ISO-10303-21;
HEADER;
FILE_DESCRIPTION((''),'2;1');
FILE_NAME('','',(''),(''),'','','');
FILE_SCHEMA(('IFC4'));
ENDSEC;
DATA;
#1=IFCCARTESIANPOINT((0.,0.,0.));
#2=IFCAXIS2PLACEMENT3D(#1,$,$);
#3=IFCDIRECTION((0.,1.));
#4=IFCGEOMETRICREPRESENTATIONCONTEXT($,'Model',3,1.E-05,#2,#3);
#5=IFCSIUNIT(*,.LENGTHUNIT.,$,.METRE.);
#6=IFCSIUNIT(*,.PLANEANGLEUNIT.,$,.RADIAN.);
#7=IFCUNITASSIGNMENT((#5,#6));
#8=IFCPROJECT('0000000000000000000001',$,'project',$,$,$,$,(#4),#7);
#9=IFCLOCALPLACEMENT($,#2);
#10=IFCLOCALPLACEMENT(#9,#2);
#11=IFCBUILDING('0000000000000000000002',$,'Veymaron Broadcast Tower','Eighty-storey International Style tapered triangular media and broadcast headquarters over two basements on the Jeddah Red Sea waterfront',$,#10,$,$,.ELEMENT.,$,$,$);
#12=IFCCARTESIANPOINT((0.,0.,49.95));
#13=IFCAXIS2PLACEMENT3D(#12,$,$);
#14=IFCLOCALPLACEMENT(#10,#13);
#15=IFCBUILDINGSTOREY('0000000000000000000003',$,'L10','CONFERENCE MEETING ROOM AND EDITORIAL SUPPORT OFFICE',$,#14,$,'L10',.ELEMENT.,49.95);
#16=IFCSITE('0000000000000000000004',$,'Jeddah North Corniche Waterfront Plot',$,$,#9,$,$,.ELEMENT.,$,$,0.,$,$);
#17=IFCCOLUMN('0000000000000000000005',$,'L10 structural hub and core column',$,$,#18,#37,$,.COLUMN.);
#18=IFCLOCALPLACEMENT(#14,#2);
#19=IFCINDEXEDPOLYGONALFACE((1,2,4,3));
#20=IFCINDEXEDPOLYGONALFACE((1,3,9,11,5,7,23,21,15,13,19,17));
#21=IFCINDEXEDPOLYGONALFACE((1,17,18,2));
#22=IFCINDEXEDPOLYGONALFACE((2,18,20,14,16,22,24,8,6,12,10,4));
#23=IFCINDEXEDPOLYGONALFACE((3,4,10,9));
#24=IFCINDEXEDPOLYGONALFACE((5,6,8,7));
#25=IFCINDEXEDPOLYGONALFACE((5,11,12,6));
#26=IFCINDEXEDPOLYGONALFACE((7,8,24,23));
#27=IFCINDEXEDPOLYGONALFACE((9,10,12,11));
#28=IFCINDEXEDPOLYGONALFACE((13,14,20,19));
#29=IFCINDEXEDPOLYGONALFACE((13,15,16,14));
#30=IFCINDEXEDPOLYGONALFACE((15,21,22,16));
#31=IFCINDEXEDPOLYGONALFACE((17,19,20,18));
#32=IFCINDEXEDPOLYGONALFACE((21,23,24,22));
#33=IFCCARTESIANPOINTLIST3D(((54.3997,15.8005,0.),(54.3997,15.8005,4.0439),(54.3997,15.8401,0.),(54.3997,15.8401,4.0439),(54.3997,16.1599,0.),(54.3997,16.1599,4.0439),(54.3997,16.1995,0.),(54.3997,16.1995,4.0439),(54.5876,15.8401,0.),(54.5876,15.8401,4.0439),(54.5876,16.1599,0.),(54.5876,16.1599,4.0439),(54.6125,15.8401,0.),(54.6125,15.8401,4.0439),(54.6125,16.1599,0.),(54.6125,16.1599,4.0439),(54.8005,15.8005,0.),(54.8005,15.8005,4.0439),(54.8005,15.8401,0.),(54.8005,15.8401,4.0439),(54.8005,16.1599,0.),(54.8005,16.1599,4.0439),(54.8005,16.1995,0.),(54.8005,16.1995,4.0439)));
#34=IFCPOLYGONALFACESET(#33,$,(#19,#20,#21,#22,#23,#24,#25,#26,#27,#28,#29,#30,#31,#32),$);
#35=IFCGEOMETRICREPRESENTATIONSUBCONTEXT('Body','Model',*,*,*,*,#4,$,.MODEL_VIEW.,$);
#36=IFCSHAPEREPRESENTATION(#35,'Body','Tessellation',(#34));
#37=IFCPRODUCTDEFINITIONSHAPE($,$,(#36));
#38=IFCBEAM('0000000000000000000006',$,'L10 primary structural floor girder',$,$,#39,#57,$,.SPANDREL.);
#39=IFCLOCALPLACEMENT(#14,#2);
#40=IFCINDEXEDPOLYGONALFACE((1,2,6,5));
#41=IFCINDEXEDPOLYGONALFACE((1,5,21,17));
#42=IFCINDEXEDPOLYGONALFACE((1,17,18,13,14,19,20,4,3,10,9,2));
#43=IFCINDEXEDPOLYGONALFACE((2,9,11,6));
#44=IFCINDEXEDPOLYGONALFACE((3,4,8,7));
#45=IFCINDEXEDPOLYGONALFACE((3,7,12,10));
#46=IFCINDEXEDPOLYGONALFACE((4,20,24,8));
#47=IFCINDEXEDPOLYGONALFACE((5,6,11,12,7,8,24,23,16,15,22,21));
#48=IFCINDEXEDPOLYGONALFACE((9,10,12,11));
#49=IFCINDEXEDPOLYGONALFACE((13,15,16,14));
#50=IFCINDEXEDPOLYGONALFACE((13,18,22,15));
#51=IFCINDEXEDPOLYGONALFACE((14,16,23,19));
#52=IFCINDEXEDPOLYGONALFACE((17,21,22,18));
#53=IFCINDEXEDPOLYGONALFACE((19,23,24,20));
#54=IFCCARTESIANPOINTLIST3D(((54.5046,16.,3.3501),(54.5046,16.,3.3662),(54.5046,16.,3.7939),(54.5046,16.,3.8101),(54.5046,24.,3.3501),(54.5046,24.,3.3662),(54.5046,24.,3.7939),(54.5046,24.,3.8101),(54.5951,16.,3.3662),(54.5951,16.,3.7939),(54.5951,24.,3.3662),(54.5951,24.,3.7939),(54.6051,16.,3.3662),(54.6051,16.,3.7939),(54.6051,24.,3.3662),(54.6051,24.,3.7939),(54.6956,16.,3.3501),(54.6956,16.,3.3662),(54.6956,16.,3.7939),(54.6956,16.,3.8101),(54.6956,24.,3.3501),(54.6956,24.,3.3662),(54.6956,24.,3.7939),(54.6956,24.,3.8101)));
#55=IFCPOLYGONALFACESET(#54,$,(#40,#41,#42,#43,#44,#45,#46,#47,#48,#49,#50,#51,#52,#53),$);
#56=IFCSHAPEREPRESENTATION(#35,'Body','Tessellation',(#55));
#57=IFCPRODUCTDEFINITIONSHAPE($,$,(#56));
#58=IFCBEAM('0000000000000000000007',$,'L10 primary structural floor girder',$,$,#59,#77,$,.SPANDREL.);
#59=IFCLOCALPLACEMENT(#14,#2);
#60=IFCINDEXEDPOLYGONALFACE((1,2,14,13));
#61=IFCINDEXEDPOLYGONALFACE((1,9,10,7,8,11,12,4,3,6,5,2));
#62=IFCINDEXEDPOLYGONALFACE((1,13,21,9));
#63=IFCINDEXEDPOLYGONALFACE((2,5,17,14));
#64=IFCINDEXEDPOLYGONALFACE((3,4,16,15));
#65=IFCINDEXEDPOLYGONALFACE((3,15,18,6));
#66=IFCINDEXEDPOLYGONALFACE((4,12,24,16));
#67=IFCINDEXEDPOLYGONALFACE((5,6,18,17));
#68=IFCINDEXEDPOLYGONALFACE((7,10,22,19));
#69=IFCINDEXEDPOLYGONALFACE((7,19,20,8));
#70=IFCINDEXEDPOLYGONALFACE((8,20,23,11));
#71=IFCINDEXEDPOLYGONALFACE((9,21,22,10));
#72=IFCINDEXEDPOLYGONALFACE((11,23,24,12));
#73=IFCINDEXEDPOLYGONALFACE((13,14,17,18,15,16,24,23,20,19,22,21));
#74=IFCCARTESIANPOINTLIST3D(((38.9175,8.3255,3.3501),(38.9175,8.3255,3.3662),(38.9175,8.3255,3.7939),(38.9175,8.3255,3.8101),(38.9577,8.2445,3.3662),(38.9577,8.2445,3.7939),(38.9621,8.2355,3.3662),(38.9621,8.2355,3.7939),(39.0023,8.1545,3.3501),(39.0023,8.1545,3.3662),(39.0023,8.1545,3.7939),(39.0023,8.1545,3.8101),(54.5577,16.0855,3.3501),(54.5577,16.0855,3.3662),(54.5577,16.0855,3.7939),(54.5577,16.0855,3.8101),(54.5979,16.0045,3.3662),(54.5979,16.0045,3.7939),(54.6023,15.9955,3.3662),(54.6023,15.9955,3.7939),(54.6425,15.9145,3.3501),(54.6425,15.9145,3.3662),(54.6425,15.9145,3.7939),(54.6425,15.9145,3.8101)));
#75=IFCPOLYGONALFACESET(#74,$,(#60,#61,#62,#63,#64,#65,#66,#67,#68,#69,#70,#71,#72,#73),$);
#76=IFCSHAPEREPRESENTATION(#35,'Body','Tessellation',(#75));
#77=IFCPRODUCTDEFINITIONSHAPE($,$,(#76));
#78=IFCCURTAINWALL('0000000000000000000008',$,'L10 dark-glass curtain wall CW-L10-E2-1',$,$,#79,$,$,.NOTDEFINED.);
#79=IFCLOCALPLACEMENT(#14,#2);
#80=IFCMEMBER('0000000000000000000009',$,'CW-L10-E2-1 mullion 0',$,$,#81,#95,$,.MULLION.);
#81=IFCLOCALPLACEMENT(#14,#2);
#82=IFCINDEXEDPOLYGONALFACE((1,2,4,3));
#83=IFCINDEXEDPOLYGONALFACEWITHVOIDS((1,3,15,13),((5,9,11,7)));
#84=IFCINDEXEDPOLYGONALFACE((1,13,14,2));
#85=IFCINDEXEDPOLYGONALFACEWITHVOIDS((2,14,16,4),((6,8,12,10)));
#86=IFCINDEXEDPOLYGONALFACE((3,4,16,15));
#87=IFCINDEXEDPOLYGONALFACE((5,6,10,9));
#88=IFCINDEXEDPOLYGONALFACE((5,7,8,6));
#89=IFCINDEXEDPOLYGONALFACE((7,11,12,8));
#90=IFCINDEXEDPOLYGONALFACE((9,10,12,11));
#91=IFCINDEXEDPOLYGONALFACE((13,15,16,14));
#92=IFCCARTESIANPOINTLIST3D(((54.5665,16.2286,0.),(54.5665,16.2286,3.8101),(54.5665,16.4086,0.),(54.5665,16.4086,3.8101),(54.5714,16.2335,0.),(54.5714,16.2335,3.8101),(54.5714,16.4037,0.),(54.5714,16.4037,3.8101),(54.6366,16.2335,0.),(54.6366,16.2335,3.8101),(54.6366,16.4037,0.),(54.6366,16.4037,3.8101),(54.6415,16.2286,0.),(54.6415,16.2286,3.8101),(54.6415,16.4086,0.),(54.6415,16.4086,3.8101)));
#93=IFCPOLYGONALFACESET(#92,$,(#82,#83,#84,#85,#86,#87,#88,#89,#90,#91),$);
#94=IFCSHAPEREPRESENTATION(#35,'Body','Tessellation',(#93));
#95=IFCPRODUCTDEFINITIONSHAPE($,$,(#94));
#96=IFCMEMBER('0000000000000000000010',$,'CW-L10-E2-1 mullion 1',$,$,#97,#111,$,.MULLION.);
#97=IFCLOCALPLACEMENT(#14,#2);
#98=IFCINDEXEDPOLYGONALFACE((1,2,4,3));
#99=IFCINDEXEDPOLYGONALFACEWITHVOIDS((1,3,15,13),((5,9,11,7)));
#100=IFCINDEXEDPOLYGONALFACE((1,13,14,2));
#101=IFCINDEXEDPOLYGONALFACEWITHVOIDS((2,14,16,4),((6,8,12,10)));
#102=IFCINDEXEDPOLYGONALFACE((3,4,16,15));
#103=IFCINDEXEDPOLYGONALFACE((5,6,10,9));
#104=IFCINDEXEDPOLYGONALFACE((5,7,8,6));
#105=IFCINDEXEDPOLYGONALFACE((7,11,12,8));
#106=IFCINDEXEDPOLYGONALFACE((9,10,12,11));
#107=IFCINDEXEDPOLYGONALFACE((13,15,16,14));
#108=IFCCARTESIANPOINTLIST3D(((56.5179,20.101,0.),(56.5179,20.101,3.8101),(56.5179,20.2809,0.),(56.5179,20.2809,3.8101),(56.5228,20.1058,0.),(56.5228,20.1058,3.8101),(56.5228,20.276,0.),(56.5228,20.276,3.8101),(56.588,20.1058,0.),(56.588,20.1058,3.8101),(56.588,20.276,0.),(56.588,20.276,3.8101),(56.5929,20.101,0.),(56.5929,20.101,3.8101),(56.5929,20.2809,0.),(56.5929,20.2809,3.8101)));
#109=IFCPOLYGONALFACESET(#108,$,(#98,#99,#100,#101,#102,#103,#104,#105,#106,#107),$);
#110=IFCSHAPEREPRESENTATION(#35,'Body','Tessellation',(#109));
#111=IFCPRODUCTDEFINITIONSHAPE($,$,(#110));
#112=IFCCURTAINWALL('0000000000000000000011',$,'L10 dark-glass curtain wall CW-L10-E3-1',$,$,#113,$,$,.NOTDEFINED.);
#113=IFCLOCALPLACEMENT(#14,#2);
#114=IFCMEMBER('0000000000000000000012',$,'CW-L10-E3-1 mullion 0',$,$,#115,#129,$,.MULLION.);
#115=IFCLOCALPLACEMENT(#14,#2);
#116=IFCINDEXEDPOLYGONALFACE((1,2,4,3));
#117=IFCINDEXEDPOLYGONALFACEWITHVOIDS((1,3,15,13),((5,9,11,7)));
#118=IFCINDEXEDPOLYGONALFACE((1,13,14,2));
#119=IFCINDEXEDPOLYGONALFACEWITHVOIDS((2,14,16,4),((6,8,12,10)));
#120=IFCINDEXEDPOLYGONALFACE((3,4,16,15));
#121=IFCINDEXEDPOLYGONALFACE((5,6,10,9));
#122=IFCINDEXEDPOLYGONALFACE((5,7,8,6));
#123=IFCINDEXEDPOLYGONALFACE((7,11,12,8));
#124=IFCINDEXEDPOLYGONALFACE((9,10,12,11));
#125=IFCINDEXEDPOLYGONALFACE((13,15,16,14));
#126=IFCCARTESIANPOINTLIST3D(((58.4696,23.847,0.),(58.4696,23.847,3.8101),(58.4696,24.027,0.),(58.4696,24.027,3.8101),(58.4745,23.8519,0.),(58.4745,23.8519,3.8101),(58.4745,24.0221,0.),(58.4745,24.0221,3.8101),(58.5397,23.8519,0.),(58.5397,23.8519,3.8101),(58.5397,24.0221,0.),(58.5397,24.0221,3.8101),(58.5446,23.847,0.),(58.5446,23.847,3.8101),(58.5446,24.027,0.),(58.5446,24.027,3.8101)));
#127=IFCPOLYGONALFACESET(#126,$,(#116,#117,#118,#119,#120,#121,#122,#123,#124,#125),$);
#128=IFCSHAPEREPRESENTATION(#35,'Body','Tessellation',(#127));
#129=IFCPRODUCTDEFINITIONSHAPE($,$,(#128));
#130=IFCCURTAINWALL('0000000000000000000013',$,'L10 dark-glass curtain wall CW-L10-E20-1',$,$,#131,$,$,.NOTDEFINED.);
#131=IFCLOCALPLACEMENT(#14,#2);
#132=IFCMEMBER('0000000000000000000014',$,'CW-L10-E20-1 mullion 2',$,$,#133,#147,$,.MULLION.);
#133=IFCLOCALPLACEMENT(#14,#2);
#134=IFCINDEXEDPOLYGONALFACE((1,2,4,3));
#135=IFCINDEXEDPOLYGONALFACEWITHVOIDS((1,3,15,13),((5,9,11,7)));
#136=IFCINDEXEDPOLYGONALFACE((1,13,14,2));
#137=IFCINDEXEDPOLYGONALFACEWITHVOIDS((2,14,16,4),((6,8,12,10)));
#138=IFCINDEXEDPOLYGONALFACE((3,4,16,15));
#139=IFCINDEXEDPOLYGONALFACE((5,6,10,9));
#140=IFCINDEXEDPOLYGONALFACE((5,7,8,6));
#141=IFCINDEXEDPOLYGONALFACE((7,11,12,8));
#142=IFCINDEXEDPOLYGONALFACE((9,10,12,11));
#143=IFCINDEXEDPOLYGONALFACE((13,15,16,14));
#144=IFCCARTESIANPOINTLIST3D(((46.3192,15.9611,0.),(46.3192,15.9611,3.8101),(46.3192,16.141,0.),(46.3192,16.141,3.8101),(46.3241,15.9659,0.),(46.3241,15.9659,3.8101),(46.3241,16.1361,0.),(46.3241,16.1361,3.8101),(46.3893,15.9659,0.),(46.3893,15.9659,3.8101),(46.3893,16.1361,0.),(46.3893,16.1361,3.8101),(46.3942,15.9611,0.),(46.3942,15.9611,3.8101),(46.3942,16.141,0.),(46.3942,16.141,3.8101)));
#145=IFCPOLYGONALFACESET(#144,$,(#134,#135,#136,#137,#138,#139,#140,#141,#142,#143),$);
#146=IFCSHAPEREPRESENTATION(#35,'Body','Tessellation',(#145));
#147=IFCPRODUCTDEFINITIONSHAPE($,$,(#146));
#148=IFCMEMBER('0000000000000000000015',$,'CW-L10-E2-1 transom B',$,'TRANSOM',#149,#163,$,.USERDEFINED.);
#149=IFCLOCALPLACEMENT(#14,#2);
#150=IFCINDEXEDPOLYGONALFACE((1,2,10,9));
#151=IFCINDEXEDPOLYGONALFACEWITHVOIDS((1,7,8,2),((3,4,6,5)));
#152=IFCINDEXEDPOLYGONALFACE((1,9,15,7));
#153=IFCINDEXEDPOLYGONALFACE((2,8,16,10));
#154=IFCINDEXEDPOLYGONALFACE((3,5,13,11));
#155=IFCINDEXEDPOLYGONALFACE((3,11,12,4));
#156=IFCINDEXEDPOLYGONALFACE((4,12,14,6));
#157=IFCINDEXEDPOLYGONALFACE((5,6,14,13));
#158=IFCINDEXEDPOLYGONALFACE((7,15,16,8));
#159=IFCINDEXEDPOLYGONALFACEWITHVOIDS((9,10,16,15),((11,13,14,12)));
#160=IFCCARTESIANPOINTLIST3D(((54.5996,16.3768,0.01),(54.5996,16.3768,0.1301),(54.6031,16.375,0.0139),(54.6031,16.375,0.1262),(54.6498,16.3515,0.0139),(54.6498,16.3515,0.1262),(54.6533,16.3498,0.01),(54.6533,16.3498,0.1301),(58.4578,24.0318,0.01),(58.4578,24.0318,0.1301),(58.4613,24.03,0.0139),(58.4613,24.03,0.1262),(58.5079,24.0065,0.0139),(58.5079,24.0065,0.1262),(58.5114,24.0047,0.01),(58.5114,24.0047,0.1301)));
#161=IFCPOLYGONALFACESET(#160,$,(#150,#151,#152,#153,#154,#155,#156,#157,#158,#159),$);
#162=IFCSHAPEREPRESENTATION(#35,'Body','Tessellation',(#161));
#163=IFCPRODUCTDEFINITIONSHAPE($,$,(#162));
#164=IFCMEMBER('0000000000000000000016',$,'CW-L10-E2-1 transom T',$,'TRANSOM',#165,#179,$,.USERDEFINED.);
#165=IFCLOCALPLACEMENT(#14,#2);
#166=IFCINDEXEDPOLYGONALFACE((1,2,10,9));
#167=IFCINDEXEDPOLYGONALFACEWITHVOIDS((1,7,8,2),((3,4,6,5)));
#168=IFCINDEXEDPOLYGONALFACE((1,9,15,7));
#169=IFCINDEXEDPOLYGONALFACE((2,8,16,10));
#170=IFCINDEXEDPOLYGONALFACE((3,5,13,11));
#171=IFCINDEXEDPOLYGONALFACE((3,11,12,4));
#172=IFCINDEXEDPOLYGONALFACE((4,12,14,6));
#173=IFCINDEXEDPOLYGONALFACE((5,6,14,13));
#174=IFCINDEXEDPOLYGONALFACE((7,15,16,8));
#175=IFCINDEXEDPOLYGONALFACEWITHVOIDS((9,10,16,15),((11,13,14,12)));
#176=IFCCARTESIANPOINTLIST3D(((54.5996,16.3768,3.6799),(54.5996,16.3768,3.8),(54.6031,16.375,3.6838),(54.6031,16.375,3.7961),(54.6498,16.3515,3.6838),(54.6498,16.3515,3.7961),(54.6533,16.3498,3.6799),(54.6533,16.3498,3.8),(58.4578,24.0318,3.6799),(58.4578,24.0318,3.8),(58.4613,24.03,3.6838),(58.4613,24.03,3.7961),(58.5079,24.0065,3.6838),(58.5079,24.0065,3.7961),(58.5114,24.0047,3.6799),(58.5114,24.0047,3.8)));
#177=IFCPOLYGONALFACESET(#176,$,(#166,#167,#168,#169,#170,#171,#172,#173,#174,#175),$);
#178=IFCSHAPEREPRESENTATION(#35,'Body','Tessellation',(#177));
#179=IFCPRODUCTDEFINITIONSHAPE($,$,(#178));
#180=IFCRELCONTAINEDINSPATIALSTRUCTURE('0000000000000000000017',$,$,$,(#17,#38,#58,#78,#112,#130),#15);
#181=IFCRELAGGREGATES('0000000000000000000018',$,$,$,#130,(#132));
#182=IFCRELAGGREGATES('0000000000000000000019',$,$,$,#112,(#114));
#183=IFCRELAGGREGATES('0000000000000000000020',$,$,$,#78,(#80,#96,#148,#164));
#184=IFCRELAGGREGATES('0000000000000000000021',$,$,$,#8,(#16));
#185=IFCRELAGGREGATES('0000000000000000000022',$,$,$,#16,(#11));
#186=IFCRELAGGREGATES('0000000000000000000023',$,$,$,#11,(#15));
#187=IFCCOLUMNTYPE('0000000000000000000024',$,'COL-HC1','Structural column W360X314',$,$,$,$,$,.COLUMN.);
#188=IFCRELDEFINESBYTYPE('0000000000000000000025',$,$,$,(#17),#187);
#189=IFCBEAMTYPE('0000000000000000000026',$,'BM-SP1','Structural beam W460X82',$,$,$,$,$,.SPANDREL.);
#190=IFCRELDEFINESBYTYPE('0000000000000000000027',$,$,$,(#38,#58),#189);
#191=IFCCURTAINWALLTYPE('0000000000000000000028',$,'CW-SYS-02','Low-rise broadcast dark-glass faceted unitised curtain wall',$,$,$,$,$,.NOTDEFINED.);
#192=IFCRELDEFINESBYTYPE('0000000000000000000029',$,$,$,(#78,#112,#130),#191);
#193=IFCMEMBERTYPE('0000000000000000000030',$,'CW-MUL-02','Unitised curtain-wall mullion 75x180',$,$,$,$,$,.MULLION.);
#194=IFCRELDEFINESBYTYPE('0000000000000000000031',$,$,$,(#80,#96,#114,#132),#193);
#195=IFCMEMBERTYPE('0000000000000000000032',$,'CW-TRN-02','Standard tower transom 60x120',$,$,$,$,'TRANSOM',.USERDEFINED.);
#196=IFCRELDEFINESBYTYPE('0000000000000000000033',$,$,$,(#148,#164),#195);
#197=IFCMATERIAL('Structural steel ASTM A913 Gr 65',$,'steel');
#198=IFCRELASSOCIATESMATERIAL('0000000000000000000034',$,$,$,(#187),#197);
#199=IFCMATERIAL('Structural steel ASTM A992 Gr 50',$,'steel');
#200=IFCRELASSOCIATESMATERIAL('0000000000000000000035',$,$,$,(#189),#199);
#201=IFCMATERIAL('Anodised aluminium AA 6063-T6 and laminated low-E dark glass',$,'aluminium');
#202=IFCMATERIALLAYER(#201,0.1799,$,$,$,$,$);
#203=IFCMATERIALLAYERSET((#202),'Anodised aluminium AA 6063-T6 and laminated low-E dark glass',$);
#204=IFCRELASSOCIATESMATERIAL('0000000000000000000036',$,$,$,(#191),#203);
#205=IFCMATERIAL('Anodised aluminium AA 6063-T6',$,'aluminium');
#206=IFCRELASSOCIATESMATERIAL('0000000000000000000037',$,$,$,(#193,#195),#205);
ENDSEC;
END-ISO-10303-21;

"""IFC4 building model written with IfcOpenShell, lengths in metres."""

from ifc_helpers import new_model, si_unit, direction, frame, origin, origin_2d, place, context, subcontext, project, spatial, hollow_rectangle, i_section, extrude, material, layer, layer_set, material_profile, profile_set, type_object, element, aggregate, save


model = new_model("IFC4")

# Units and contexts
model_context = context("Model", 3, precision=1e-05, world=origin(), true_north=direction((0.0, 1.0)))
body_context = subcontext(model_context, "Body", "Model", "MODEL_VIEW")
ifc_project = project(units=[si_unit("LENGTHUNIT", "METRE"), si_unit("PLANEANGLEUNIT", "RADIAN")], contexts=[model_context])

# Site, building, storey
site_placement = place(None, origin())
site = spatial("IfcSite", under=ifc_project, at=site_placement, Name="Jeddah North Corniche Waterfront Plot", CompositionType="ELEMENT", RefElevation=0.0)
building_placement = place(site_placement, origin())
building = spatial("IfcBuilding", under=site, at=building_placement, Name="Veymaron Broadcast Tower", Description="Eighty-storey International Style tapered triangular media and broadcast headquarters over two basements on the Jeddah Red Sea waterfront", CompositionType="ELEMENT")
storey_placement = place(building_placement, frame((0.0, 0.0, 49.95)))
storey = spatial("IfcBuildingStorey", under=building, at=storey_placement, Name="L10", Description="CONFERENCE MEETING ROOM AND EDITORIAL SUPPORT OFFICE", LongName="L10", CompositionType="ELEMENT", Elevation=49.95)

# Column
ifc_material_1 = material(Name="Structural steel ASTM A913 Gr 65", Category="steel")
ifc_material_profile_1 = material_profile(ifc_material_1, i_section(OverallWidth=0.4009, OverallDepth=0.3989, WebThickness=0.0249, FlangeThickness=0.0396, at=origin_2d()), Name="W360X314")
ifc_profile_set_1 = profile_set([ifc_material_profile_1], Name="Structural steel ASTM A913 Gr 65")
column_type = type_object("IfcColumnType", Name="COL-HC1", Description="Structural column W360X314", PredefinedType="COLUMN", material=ifc_profile_set_1)
column_placement = place(storey_placement, frame((54.6001, 16.0, 0.0), z_axis=(0.0, 0.0, 1.0), x_axis=(1.0, 0.0, 0.0)))
element("IfcColumn", 1, at=column_placement, inside=storey, type_object=column_type, Name="L10 structural hub and core column", PredefinedType="COLUMN", context=body_context, shape_type="SweptSolid", body=[
    extrude(i_section(OverallWidth=0.4009, OverallDepth=0.3989, WebThickness=0.0249, FlangeThickness=0.0396, at=origin_2d()), origin(), (0.0, 0.0, 1.0), 4.0439),
])

# Beams
ifc_material_2 = material(Name="Structural steel ASTM A992 Gr 50", Category="steel")
ifc_material_profile_2 = material_profile(ifc_material_2, i_section(OverallWidth=0.1909, OverallDepth=0.46, WebThickness=0.01, FlangeThickness=0.0161, at=origin_2d()), Name="W460X82")
ifc_profile_set_2 = profile_set([ifc_material_profile_2], Name="Structural steel ASTM A992 Gr 50")
beam_type = type_object("IfcBeamType", Name="BM-SP1", Description="Structural beam W460X82", PredefinedType="SPANDREL", material=ifc_profile_set_2)
beam_1_placement = place(storey_placement, frame((54.6001, 16.0, 3.5801), z_axis=(0.0, 1.0, 0.0), x_axis=(-1.0, 0.0, 0.0)))
element("IfcBeam", 2, at=beam_1_placement, inside=storey, type_object=beam_type, Name="L10 primary structural floor girder", PredefinedType="SPANDREL", context=body_context, shape_type="SweptSolid", body=[
    extrude(i_section(OverallWidth=0.1909, OverallDepth=0.46, WebThickness=0.01, FlangeThickness=0.0161, at=origin_2d()), origin(), (0.0, 0.0, 1.0), 8.0),
])
beam_2_placement = place(storey_placement, frame((54.6001, 16.0, 3.5801), z_axis=(-0.895799, -0.44446, 0.0), x_axis=(0.44446, -0.895799, 0.0)))
element("IfcBeam", 3, at=beam_2_placement, inside=storey, type_object=beam_type, Name="L10 primary structural floor girder", PredefinedType="SPANDREL", context=body_context, shape_type="SweptSolid", body=[
    extrude(i_section(OverallWidth=0.1909, OverallDepth=0.46, WebThickness=0.01, FlangeThickness=0.0161, at=origin_2d()), origin(), (0.0, 0.0, 1.0), 17.4595),
])

# Curtain wall, members
ifc_material_3 = material(Name="Anodised aluminium AA 6063-T6 and laminated low-E dark glass", Category="aluminium")
ifc_layer_1 = layer(ifc_material_3, 0.1799)
ifc_layer_set_1 = layer_set([ifc_layer_1], Name="Anodised aluminium AA 6063-T6 and laminated low-E dark glass")
curtain_wall_type = type_object("IfcCurtainWallType", Name="CW-SYS-02", Description="Low-rise broadcast dark-glass faceted unitised curtain wall", PredefinedType="NOTDEFINED", material=ifc_layer_set_1)
curtain_wall_1_placement = place(storey_placement, origin())
curtain_wall_1 = element("IfcCurtainWall", 4, at=curtain_wall_1_placement, inside=storey, type_object=curtain_wall_type, Name="L10 dark-glass curtain wall CW-L10-E2-1", PredefinedType="NOTDEFINED")
ifc_material_4 = material(Name="Anodised aluminium AA 6063-T6", Category="aluminium")
ifc_material_profile_3 = material_profile(ifc_material_4, hollow_rectangle(XDim=0.075, YDim=0.1799, WallThickness=0.0049, at=origin_2d()), Name="AL180X75X5")
ifc_profile_set_3 = profile_set([ifc_material_profile_3], Name="Anodised aluminium AA 6063-T6")
member_type_1 = type_object("IfcMemberType", Name="CW-MUL-02", Description="Unitised curtain-wall mullion 75x180", PredefinedType="MULLION", material=ifc_profile_set_3)
member_1_placement = place(storey_placement, frame((54.604, 16.3186, 0.0), z_axis=(0.0, 0.0, 1.0), x_axis=(1.0, 0.0, 0.0)))
member_1 = element("IfcMember", 5, at=member_1_placement, type_object=member_type_1, Name="CW-L10-E2-1 mullion 0", PredefinedType="MULLION", context=body_context, shape_type="SweptSolid", body=[
    extrude(hollow_rectangle(XDim=0.075, YDim=0.1799, WallThickness=0.0049, at=origin_2d()), origin(), (0.0, 0.0, 1.0), 3.8101),
])
member_2_placement = place(storey_placement, frame((56.5554, 20.1909, 0.0), z_axis=(0.0, 0.0, 1.0), x_axis=(1.0, 0.0, 0.0)))
member_2 = element("IfcMember", 6, at=member_2_placement, type_object=member_type_1, Name="CW-L10-E2-1 mullion 1", PredefinedType="MULLION", context=body_context, shape_type="SweptSolid", body=[
    extrude(hollow_rectangle(XDim=0.075, YDim=0.1799, WallThickness=0.0049, at=origin_2d()), origin(), (0.0, 0.0, 1.0), 3.8101),
])

# Curtain walls, members
curtain_wall_2_placement = place(storey_placement, origin())
curtain_wall_2 = element("IfcCurtainWall", 7, at=curtain_wall_2_placement, inside=storey, type_object=curtain_wall_type, Name="L10 dark-glass curtain wall CW-L10-E3-1", PredefinedType="NOTDEFINED")
member_3_placement = place(storey_placement, frame((58.5071, 23.937, 0.0), z_axis=(0.0, 0.0, 1.0), x_axis=(1.0, 0.0, 0.0)))
member_3 = element("IfcMember", 8, at=member_3_placement, type_object=member_type_1, Name="CW-L10-E3-1 mullion 0", PredefinedType="MULLION", context=body_context, shape_type="SweptSolid", body=[
    extrude(hollow_rectangle(XDim=0.075, YDim=0.1799, WallThickness=0.0049, at=origin_2d()), origin(), (0.0, 0.0, 1.0), 3.8101),
])
curtain_wall_3_placement = place(storey_placement, origin())
curtain_wall_3 = element("IfcCurtainWall", 9, at=curtain_wall_3_placement, inside=storey, type_object=curtain_wall_type, Name="L10 dark-glass curtain wall CW-L10-E20-1", PredefinedType="NOTDEFINED")
member_4_placement = place(storey_placement, frame((46.3567, 16.051, 0.0), z_axis=(0.0, 0.0, 1.0), x_axis=(1.0, 0.0, 0.0)))
member_4 = element("IfcMember", 10, at=member_4_placement, type_object=member_type_1, Name="CW-L10-E20-1 mullion 2", PredefinedType="MULLION", context=body_context, shape_type="SweptSolid", body=[
    extrude(hollow_rectangle(XDim=0.075, YDim=0.1799, WallThickness=0.0049, at=origin_2d()), origin(), (0.0, 0.0, 1.0), 3.8101),
])
aggregate(curtain_wall_3, [member_4])

# Members
ifc_material_profile_4 = material_profile(ifc_material_4, hollow_rectangle(XDim=0.0601, YDim=0.1201, WallThickness=0.0039, at=origin_2d()), Name="AL120X60X4")
ifc_profile_set_4 = profile_set([ifc_material_profile_4], Name="Anodised aluminium AA 6063-T6")
member_type_2 = type_object("IfcMemberType", Name="CW-TRN-02", Description="Standard tower transom 60x120", ElementType="TRANSOM", PredefinedType="USERDEFINED", material=ifc_profile_set_4)
member_5_placement = place(storey_placement, frame((54.6265, 16.3633, 0.0701), z_axis=(0.450071, 0.892993, 0.0), x_axis=(-0.892993, 0.450071, 0.0)))
member_5 = element("IfcMember", 11, at=member_5_placement, type_object=member_type_2, Name="CW-L10-E2-1 transom B", ObjectType="TRANSOM", PredefinedType="USERDEFINED", context=body_context, shape_type="SweptSolid", body=[
    extrude(hollow_rectangle(XDim=0.0601, YDim=0.1201, WallThickness=0.0039, at=origin_2d()), origin(), (0.0, 0.0, 1.0), 8.5723),
])
member_6_placement = place(storey_placement, frame((54.6265, 16.3633, 3.74), z_axis=(0.450071, 0.892993, 0.0), x_axis=(-0.892993, 0.450071, 0.0)))
member_6 = element("IfcMember", 12, at=member_6_placement, type_object=member_type_2, Name="CW-L10-E2-1 transom T", ObjectType="TRANSOM", PredefinedType="USERDEFINED", context=body_context, shape_type="SweptSolid", body=[
    extrude(hollow_rectangle(XDim=0.0601, YDim=0.1201, WallThickness=0.0039, at=origin_2d()), origin(), (0.0, 0.0, 1.0), 8.5723),
])
aggregate(curtain_wall_2, [member_3])

aggregate(curtain_wall_1, [member_1, member_2, member_5, member_6])

save(model, "model.ifc")
